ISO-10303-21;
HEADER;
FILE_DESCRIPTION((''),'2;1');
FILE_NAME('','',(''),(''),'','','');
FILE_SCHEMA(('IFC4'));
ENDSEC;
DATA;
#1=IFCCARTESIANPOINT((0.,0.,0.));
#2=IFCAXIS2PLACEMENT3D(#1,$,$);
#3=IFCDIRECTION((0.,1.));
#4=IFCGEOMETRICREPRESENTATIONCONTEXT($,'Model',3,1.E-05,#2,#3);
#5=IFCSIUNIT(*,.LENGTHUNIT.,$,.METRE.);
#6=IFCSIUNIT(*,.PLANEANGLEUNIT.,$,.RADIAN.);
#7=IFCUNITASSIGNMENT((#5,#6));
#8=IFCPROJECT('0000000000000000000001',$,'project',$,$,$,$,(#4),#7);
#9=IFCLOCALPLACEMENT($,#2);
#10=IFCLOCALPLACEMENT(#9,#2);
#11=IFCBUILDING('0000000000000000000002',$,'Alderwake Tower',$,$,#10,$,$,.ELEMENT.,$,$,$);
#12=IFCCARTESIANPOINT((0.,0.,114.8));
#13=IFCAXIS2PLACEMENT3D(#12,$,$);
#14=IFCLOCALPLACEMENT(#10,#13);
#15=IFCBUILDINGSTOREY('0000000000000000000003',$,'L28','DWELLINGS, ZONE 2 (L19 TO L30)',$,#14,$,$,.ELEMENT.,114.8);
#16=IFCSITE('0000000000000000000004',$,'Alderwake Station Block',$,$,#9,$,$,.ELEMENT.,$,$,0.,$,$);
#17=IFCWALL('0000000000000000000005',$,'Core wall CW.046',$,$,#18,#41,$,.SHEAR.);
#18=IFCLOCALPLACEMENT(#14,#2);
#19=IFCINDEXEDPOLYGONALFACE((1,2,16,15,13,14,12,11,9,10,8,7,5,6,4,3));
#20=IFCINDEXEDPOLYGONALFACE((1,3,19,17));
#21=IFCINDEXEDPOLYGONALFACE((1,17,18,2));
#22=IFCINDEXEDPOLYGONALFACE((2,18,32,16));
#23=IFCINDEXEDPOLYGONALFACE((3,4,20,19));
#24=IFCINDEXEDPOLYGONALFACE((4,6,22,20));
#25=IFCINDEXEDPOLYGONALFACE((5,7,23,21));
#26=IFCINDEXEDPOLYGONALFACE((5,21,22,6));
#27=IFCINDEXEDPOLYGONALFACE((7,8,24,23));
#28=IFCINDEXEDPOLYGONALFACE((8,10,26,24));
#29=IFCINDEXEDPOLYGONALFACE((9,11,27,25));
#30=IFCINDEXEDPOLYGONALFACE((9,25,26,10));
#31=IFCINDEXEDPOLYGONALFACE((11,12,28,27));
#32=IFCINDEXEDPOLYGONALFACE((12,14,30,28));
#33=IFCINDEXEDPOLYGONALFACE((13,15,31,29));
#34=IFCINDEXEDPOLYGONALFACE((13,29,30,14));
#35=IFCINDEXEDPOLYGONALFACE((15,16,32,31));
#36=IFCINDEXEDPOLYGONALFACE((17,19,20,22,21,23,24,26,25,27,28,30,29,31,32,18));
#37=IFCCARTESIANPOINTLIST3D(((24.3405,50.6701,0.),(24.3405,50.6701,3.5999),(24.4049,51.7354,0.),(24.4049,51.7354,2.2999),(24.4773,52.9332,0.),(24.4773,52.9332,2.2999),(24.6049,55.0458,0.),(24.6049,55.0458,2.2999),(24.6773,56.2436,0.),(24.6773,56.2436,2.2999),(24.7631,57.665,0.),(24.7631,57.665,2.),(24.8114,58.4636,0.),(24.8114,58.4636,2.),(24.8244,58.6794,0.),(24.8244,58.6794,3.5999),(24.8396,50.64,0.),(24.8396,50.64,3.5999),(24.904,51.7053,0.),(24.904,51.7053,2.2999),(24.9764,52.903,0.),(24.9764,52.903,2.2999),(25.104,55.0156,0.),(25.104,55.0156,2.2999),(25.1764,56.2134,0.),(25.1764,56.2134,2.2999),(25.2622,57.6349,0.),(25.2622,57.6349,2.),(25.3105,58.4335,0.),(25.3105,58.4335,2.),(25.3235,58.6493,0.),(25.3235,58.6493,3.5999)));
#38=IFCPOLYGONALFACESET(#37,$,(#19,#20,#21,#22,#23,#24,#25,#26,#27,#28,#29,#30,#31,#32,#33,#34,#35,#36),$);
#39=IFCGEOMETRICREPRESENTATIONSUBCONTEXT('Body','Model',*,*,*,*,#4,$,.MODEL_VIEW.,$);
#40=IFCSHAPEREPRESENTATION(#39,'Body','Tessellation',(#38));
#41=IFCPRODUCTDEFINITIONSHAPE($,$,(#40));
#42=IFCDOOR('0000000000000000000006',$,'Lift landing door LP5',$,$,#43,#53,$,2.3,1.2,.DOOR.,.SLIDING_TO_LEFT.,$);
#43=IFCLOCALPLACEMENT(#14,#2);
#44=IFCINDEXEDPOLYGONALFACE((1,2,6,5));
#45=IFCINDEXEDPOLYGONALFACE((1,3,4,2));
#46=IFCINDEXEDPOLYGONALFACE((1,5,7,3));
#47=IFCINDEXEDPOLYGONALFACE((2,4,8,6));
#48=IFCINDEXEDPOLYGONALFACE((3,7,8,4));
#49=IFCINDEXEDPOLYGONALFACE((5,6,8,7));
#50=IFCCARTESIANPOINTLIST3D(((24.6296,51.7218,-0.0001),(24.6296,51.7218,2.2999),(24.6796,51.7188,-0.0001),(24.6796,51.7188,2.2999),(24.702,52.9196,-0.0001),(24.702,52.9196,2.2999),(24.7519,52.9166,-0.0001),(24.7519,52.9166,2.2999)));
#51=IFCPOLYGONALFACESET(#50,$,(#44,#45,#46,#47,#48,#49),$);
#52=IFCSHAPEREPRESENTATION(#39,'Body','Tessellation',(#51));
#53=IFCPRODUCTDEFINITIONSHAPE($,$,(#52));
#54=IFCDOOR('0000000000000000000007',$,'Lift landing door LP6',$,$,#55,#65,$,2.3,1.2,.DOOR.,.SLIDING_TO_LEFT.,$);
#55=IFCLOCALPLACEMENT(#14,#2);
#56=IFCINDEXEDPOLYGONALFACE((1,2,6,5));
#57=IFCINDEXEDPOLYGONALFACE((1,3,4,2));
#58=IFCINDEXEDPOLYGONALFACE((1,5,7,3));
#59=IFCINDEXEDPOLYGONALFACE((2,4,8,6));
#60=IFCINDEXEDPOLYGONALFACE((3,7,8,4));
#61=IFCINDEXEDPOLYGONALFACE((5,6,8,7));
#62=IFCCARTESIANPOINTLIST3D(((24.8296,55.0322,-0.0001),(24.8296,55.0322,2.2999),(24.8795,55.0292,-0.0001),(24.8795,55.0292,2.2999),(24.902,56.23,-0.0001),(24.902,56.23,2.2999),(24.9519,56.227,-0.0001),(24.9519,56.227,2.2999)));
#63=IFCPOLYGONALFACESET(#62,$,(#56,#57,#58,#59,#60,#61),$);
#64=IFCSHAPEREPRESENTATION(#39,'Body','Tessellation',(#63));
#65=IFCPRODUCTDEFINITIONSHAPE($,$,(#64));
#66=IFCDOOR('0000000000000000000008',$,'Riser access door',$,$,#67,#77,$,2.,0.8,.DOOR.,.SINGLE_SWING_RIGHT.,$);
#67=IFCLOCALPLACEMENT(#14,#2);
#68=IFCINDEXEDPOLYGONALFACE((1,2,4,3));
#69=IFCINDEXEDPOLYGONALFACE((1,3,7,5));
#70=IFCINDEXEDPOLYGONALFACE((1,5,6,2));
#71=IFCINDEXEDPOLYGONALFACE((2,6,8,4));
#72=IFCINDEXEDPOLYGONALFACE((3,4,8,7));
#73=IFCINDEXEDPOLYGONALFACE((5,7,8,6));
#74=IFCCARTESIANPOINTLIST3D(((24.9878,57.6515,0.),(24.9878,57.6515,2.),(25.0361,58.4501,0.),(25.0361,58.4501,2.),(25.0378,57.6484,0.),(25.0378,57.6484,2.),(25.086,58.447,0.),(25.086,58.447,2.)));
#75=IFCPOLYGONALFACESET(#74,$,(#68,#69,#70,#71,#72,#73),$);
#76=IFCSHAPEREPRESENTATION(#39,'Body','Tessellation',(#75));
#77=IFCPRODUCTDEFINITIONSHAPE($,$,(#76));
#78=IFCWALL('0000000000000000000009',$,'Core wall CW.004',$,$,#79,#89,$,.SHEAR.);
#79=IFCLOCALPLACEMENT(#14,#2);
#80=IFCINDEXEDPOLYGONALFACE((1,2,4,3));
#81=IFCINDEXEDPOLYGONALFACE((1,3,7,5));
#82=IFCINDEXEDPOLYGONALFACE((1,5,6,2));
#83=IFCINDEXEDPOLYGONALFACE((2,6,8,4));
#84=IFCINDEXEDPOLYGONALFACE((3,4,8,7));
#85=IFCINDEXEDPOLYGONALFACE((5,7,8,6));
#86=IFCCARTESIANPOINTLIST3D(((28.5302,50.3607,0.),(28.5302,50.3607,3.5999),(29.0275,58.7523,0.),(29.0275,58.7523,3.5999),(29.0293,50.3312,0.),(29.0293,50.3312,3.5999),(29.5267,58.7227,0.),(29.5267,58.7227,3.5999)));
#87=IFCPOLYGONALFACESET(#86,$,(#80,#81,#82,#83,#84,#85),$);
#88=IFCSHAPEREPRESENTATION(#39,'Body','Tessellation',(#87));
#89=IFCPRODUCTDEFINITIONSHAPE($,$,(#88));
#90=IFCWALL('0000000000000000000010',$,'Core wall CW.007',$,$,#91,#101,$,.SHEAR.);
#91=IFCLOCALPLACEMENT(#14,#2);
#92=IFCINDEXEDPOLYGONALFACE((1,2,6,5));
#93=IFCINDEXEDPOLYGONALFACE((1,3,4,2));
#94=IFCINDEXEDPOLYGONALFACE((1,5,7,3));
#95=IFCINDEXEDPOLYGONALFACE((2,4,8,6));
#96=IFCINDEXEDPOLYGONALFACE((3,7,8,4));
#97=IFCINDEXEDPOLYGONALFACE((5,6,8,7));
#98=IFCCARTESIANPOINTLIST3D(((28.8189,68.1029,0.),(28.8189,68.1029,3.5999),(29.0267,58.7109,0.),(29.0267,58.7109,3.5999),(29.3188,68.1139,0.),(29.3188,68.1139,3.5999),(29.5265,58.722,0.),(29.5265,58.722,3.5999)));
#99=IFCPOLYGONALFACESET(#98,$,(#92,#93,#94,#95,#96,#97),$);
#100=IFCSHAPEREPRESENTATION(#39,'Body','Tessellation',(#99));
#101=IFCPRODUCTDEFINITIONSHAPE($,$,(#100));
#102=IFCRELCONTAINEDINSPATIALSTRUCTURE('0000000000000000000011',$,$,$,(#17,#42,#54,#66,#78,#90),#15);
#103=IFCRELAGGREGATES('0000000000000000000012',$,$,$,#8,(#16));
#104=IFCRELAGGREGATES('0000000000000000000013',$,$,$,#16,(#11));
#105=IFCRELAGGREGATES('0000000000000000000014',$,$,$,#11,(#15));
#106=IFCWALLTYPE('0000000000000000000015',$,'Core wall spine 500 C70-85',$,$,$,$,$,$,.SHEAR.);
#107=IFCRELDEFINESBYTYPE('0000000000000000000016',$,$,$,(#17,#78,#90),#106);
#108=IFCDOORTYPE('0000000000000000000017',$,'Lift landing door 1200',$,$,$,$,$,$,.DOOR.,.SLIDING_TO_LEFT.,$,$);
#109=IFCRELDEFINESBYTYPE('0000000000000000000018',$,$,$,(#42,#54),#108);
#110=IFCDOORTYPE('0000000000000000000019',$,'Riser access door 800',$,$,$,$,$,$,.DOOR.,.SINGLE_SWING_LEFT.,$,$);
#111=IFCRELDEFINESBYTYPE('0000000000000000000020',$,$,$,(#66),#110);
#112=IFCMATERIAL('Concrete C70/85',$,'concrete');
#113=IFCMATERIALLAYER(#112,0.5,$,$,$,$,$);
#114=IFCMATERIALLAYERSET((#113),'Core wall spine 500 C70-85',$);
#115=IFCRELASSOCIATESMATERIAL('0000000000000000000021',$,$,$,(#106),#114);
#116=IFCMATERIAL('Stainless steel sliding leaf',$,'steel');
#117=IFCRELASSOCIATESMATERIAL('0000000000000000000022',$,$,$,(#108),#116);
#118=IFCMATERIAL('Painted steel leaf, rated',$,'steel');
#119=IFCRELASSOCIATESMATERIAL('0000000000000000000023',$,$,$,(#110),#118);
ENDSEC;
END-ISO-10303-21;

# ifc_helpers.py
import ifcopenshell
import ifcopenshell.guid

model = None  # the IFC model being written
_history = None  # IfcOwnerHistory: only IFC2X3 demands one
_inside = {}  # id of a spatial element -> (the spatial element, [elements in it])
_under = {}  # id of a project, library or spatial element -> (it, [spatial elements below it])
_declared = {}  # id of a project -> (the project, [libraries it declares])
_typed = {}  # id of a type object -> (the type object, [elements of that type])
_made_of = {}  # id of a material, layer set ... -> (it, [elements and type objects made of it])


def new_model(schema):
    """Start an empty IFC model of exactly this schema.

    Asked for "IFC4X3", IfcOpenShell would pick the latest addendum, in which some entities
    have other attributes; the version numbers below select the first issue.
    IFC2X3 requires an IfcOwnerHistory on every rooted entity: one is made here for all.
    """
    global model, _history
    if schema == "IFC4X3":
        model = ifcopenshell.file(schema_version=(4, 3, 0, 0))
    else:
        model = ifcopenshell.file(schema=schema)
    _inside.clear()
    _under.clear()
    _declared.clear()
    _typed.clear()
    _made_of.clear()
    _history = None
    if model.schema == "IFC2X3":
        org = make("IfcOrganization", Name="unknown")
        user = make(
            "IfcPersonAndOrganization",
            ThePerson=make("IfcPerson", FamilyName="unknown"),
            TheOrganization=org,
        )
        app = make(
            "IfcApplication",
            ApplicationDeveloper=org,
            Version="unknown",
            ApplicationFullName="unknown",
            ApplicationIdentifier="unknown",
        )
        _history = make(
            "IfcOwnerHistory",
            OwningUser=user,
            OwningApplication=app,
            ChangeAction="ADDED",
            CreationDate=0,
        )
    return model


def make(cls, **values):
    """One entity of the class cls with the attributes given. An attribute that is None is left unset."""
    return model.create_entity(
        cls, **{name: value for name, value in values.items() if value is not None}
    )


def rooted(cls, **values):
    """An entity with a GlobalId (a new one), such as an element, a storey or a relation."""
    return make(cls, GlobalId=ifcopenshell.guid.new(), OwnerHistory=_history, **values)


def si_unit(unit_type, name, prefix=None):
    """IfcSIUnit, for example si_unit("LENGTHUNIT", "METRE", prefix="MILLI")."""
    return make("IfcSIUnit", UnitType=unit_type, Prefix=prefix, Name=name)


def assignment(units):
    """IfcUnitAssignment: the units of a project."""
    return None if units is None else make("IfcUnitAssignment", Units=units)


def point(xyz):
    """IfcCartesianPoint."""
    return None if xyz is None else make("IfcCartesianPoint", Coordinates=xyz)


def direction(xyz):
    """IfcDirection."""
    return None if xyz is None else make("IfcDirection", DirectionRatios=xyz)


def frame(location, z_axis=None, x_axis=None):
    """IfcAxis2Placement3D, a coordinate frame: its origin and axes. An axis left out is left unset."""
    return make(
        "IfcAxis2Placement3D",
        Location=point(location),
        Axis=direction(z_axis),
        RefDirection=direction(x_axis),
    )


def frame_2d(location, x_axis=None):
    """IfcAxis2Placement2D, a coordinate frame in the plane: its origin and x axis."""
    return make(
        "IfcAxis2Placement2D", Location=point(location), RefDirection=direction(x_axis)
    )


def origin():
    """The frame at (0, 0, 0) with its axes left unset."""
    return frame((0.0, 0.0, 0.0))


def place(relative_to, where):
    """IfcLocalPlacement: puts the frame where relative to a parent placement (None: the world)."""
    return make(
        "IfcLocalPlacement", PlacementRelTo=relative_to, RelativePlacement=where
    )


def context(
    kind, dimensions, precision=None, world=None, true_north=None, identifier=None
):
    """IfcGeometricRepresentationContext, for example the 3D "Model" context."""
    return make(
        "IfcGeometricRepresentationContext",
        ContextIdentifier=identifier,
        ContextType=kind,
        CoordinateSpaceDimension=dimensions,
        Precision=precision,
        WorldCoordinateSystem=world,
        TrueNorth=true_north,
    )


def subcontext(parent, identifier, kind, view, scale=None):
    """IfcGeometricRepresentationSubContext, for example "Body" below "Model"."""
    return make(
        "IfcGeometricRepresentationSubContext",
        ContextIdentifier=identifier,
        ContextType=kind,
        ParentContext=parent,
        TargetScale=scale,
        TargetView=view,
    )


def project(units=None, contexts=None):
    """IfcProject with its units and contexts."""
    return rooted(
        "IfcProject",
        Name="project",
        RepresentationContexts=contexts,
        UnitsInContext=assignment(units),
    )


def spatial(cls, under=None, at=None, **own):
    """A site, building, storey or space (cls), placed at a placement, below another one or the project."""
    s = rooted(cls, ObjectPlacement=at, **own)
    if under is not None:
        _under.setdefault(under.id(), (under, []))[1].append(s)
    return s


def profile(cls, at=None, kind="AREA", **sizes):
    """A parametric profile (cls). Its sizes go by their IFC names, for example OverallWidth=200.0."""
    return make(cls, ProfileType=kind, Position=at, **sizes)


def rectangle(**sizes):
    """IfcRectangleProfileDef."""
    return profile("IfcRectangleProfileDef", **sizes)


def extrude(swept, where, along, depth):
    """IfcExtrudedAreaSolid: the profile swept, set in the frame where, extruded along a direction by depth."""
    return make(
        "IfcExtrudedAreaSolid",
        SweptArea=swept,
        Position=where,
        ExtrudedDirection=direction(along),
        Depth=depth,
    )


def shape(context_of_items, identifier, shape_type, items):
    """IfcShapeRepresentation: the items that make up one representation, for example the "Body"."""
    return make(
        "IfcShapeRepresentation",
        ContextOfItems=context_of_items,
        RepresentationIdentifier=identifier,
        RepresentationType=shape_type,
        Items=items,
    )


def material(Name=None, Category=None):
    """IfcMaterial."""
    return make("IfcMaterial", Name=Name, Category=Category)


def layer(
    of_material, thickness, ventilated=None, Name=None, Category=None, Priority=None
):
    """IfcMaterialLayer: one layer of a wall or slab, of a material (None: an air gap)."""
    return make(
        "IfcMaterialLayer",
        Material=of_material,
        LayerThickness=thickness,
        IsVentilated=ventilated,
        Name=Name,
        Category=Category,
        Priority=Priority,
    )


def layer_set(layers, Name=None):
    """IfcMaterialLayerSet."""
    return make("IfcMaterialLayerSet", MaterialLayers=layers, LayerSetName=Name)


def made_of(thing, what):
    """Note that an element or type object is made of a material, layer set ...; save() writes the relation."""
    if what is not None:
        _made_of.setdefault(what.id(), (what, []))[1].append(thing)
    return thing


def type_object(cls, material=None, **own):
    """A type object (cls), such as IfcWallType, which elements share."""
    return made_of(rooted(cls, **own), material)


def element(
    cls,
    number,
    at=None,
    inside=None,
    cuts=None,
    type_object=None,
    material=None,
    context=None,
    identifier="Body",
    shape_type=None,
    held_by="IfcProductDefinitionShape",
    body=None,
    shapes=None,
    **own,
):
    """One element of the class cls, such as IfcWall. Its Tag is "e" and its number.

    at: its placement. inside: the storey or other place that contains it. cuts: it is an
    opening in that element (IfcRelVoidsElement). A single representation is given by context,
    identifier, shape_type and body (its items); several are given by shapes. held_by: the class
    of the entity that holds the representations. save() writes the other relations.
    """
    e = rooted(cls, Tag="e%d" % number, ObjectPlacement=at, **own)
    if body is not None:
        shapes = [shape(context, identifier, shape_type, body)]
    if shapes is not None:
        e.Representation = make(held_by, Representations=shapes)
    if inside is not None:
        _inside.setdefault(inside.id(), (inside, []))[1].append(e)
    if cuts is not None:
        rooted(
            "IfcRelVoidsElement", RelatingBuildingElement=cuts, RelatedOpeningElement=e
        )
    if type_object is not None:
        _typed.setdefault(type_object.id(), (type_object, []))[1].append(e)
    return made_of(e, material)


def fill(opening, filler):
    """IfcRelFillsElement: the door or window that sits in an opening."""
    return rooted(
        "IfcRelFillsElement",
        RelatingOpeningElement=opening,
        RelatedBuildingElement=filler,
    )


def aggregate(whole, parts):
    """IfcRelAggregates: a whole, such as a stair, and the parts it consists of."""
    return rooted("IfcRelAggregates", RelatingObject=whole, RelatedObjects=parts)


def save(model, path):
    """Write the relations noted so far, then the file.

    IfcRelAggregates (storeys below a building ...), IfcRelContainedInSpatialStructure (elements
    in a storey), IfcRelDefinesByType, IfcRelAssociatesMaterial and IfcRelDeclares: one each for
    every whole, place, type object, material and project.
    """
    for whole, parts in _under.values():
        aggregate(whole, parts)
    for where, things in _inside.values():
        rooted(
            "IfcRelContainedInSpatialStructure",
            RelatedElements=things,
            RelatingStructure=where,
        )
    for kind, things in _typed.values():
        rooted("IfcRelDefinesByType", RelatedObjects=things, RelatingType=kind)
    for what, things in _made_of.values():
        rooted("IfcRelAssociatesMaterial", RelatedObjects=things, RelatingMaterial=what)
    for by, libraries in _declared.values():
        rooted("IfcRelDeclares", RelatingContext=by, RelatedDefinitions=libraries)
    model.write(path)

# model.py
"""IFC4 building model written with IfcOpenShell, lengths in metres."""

from ifc_helpers import new_model, si_unit, direction, frame, frame_2d, origin, place, context, subcontext, project, spatial, rectangle, extrude, material, layer, layer_set, type_object, element, fill, save


model = new_model("IFC4")

# Units and contexts
model_context = context("Model", 3, precision=1e-05, world=origin(), true_north=direction((0.0, 1.0)))
body_context = subcontext(model_context, "Body", "Model", "MODEL_VIEW")
ifc_project = project(units=[si_unit("LENGTHUNIT", "METRE"), si_unit("PLANEANGLEUNIT", "RADIAN")], contexts=[model_context])

# Site, building, storey
site_placement = place(None, origin())
site = spatial("IfcSite", under=ifc_project, at=site_placement, Name="Alderwake Station Block", CompositionType="ELEMENT", RefElevation=0.0)
building_placement = place(site_placement, origin())
building = spatial("IfcBuilding", under=site, at=building_placement, Name="Alderwake Tower", CompositionType="ELEMENT")
storey_placement = place(building_placement, frame((0.0, 0.0, 114.8)))
storey = spatial("IfcBuildingStorey", under=building, at=storey_placement, Name="L28", Description="DWELLINGS, ZONE 2 (L19 TO L30)", CompositionType="ELEMENT", Elevation=114.8)

# Wall, openings, doors
ifc_material_1 = material(Name="Concrete C70/85", Category="concrete")
ifc_layer_1 = layer(ifc_material_1, 0.5)
ifc_layer_set_1 = layer_set([ifc_layer_1], Name="Core wall spine 500 C70-85")
wall_type_1 = type_object("IfcWallType", Name="Core wall spine 500 C70-85", PredefinedType="SHEAR", material=ifc_layer_set_1)
wall_1_placement = place(storey_placement, frame((24.5901, 50.655, 0.0), z_axis=(0.0, 0.0, 1.0), x_axis=(0.060306, 0.99818, 0.0)))
wall_1 = element("IfcWall", 1, at=wall_1_placement, inside=storey, type_object=wall_type_1, Name="Core wall CW.046", PredefinedType="SHEAR", context=body_context, shape_type="SweptSolid", body=[
    extrude(rectangle(XDim=8.0239, YDim=0.5, at=frame_2d((4.012, 0.0))), origin(), (0.0, 0.0, 1.0), 3.5999),
])
opening_1_placement = place(wall_1_placement, frame((1.0671, 0.0, 0.0)))
opening_1 = element("IfcOpeningElement", 2, at=opening_1_placement, cuts=wall_1, PredefinedType="OPENING", context=body_context, shape_type="SweptSolid", body=[
    extrude(rectangle(XDim=1.2, YDim=2.3, at=frame_2d((0.6001, 1.1499))), frame((0.0, 0.26, 0.0), z_axis=(0.0, -1.0, 0.0), x_axis=(1.0, 0.0, 0.0)), (0.0, 0.0, 1.0), 0.52),
])
opening_2_placement = place(wall_1_placement, frame((4.3835, 0.0, 0.0)))
opening_2 = element("IfcOpeningElement", 3, at=opening_2_placement, cuts=wall_1, PredefinedType="OPENING", context=body_context, shape_type="SweptSolid", body=[
    extrude(rectangle(XDim=1.2, YDim=2.3, at=frame_2d((0.6001, 1.1499))), frame((0.0, 0.26, 0.0), z_axis=(0.0, -1.0, 0.0), x_axis=(1.0, 0.0, 0.0)), (0.0, 0.0, 1.0), 0.52),
])
opening_3_placement = place(wall_1_placement, frame((7.0078, 0.0, 0.0)))
opening_3 = element("IfcOpeningElement", 4, at=opening_3_placement, cuts=wall_1, PredefinedType="OPENING", context=body_context, shape_type="SweptSolid", body=[
    extrude(rectangle(XDim=0.8, YDim=2.0, at=frame_2d((0.3999, 1.0))), frame((0.0, 0.26, 0.0), z_axis=(0.0, -1.0, 0.0), x_axis=(1.0, 0.0, 0.0)), (0.0, 0.0, 1.0), 0.52),
])
ifc_material_2 = material(Name="Stainless steel sliding leaf", Category="steel")
door_type_1 = type_object("IfcDoorType", Name="Lift landing door 1200", OperationType="SLIDING_TO_LEFT", PredefinedType="DOOR", material=ifc_material_2)
door_1_placement = place(opening_1_placement, origin())
door_1 = element("IfcDoor", 5, at=door_1_placement, inside=storey, type_object=door_type_1, Name="Lift landing door LP5", OperationType="SLIDING_TO_LEFT", OverallHeight=2.3, OverallWidth=1.2, PredefinedType="DOOR", context=body_context, shape_type="SweptSolid", body=[
    extrude(rectangle(XDim=1.2, YDim=2.3, at=frame_2d((0.6001, 1.1499))), frame((0.0, 0.0249, 0.0), z_axis=(0.0, -1.0, 0.0), x_axis=(1.0, 0.0, 0.0)), (0.0, 0.0, 1.0), 0.05),
])
fill(opening_1, door_1)
door_2_placement = place(opening_2_placement, origin())
door_2 = element("IfcDoor", 6, at=door_2_placement, inside=storey, type_object=door_type_1, Name="Lift landing door LP6", OperationType="SLIDING_TO_LEFT", OverallHeight=2.3, OverallWidth=1.2, PredefinedType="DOOR", context=body_context, shape_type="SweptSolid", body=[
    extrude(rectangle(XDim=1.2, YDim=2.3, at=frame_2d((0.6001, 1.1499))), frame((0.0, 0.0249, 0.0), z_axis=(0.0, -1.0, 0.0), x_axis=(1.0, 0.0, 0.0)), (0.0, 0.0, 1.0), 0.05),
])
fill(opening_2, door_2)
ifc_material_3 = material(Name="Painted steel leaf, rated", Category="steel")
door_type_2 = type_object("IfcDoorType", Name="Riser access door 800", OperationType="SINGLE_SWING_LEFT", PredefinedType="DOOR", material=ifc_material_3)
door_3_placement = place(opening_3_placement, origin())
door_3 = element("IfcDoor", 7, at=door_3_placement, inside=storey, type_object=door_type_2, Name="Riser access door", OperationType="SINGLE_SWING_RIGHT", OverallHeight=2.0, OverallWidth=0.8, PredefinedType="DOOR", context=body_context, shape_type="SweptSolid", body=[
    extrude(rectangle(XDim=0.8, YDim=2.0, at=frame_2d((0.3999, 1.0))), frame((0.0, 0.0249, 0.0), z_axis=(0.0, -1.0, 0.0), x_axis=(1.0, 0.0, 0.0)), (0.0, 0.0, 1.0), 0.05),
])
fill(opening_3, door_3)

# Walls
wall_2_placement = place(storey_placement, frame((28.7798, 50.3459, 0.0), z_axis=(0.0, 0.0, 1.0), x_axis=(0.05916, 0.998249, 0.0)))
element("IfcWall", 8, at=wall_2_placement, inside=storey, type_object=wall_type_1, Name="Core wall CW.004", PredefinedType="SHEAR", context=body_context, shape_type="SweptSolid", body=[
    extrude(rectangle(XDim=8.4062, YDim=0.5, at=frame_2d((4.2031, 0.0))), origin(), (0.0, 0.0, 1.0), 3.5999),
])
wall_3_placement = place(storey_placement, frame((29.2766, 58.7163, 0.0), z_axis=(0.0, 0.0, 1.0), x_axis=(-0.022116, 0.999755, 0.0)))
element("IfcWall", 9, at=wall_3_placement, inside=storey, type_object=wall_type_1, Name="Core wall CW.007", PredefinedType="SHEAR", context=body_context, shape_type="SweptSolid", body=[
    extrude(rectangle(XDim=9.3943, YDim=0.5, at=frame_2d((4.6973, 0.0))), origin(), (0.0, 0.0, 1.0), 3.5999),
])

save(model, "model.ifc")
